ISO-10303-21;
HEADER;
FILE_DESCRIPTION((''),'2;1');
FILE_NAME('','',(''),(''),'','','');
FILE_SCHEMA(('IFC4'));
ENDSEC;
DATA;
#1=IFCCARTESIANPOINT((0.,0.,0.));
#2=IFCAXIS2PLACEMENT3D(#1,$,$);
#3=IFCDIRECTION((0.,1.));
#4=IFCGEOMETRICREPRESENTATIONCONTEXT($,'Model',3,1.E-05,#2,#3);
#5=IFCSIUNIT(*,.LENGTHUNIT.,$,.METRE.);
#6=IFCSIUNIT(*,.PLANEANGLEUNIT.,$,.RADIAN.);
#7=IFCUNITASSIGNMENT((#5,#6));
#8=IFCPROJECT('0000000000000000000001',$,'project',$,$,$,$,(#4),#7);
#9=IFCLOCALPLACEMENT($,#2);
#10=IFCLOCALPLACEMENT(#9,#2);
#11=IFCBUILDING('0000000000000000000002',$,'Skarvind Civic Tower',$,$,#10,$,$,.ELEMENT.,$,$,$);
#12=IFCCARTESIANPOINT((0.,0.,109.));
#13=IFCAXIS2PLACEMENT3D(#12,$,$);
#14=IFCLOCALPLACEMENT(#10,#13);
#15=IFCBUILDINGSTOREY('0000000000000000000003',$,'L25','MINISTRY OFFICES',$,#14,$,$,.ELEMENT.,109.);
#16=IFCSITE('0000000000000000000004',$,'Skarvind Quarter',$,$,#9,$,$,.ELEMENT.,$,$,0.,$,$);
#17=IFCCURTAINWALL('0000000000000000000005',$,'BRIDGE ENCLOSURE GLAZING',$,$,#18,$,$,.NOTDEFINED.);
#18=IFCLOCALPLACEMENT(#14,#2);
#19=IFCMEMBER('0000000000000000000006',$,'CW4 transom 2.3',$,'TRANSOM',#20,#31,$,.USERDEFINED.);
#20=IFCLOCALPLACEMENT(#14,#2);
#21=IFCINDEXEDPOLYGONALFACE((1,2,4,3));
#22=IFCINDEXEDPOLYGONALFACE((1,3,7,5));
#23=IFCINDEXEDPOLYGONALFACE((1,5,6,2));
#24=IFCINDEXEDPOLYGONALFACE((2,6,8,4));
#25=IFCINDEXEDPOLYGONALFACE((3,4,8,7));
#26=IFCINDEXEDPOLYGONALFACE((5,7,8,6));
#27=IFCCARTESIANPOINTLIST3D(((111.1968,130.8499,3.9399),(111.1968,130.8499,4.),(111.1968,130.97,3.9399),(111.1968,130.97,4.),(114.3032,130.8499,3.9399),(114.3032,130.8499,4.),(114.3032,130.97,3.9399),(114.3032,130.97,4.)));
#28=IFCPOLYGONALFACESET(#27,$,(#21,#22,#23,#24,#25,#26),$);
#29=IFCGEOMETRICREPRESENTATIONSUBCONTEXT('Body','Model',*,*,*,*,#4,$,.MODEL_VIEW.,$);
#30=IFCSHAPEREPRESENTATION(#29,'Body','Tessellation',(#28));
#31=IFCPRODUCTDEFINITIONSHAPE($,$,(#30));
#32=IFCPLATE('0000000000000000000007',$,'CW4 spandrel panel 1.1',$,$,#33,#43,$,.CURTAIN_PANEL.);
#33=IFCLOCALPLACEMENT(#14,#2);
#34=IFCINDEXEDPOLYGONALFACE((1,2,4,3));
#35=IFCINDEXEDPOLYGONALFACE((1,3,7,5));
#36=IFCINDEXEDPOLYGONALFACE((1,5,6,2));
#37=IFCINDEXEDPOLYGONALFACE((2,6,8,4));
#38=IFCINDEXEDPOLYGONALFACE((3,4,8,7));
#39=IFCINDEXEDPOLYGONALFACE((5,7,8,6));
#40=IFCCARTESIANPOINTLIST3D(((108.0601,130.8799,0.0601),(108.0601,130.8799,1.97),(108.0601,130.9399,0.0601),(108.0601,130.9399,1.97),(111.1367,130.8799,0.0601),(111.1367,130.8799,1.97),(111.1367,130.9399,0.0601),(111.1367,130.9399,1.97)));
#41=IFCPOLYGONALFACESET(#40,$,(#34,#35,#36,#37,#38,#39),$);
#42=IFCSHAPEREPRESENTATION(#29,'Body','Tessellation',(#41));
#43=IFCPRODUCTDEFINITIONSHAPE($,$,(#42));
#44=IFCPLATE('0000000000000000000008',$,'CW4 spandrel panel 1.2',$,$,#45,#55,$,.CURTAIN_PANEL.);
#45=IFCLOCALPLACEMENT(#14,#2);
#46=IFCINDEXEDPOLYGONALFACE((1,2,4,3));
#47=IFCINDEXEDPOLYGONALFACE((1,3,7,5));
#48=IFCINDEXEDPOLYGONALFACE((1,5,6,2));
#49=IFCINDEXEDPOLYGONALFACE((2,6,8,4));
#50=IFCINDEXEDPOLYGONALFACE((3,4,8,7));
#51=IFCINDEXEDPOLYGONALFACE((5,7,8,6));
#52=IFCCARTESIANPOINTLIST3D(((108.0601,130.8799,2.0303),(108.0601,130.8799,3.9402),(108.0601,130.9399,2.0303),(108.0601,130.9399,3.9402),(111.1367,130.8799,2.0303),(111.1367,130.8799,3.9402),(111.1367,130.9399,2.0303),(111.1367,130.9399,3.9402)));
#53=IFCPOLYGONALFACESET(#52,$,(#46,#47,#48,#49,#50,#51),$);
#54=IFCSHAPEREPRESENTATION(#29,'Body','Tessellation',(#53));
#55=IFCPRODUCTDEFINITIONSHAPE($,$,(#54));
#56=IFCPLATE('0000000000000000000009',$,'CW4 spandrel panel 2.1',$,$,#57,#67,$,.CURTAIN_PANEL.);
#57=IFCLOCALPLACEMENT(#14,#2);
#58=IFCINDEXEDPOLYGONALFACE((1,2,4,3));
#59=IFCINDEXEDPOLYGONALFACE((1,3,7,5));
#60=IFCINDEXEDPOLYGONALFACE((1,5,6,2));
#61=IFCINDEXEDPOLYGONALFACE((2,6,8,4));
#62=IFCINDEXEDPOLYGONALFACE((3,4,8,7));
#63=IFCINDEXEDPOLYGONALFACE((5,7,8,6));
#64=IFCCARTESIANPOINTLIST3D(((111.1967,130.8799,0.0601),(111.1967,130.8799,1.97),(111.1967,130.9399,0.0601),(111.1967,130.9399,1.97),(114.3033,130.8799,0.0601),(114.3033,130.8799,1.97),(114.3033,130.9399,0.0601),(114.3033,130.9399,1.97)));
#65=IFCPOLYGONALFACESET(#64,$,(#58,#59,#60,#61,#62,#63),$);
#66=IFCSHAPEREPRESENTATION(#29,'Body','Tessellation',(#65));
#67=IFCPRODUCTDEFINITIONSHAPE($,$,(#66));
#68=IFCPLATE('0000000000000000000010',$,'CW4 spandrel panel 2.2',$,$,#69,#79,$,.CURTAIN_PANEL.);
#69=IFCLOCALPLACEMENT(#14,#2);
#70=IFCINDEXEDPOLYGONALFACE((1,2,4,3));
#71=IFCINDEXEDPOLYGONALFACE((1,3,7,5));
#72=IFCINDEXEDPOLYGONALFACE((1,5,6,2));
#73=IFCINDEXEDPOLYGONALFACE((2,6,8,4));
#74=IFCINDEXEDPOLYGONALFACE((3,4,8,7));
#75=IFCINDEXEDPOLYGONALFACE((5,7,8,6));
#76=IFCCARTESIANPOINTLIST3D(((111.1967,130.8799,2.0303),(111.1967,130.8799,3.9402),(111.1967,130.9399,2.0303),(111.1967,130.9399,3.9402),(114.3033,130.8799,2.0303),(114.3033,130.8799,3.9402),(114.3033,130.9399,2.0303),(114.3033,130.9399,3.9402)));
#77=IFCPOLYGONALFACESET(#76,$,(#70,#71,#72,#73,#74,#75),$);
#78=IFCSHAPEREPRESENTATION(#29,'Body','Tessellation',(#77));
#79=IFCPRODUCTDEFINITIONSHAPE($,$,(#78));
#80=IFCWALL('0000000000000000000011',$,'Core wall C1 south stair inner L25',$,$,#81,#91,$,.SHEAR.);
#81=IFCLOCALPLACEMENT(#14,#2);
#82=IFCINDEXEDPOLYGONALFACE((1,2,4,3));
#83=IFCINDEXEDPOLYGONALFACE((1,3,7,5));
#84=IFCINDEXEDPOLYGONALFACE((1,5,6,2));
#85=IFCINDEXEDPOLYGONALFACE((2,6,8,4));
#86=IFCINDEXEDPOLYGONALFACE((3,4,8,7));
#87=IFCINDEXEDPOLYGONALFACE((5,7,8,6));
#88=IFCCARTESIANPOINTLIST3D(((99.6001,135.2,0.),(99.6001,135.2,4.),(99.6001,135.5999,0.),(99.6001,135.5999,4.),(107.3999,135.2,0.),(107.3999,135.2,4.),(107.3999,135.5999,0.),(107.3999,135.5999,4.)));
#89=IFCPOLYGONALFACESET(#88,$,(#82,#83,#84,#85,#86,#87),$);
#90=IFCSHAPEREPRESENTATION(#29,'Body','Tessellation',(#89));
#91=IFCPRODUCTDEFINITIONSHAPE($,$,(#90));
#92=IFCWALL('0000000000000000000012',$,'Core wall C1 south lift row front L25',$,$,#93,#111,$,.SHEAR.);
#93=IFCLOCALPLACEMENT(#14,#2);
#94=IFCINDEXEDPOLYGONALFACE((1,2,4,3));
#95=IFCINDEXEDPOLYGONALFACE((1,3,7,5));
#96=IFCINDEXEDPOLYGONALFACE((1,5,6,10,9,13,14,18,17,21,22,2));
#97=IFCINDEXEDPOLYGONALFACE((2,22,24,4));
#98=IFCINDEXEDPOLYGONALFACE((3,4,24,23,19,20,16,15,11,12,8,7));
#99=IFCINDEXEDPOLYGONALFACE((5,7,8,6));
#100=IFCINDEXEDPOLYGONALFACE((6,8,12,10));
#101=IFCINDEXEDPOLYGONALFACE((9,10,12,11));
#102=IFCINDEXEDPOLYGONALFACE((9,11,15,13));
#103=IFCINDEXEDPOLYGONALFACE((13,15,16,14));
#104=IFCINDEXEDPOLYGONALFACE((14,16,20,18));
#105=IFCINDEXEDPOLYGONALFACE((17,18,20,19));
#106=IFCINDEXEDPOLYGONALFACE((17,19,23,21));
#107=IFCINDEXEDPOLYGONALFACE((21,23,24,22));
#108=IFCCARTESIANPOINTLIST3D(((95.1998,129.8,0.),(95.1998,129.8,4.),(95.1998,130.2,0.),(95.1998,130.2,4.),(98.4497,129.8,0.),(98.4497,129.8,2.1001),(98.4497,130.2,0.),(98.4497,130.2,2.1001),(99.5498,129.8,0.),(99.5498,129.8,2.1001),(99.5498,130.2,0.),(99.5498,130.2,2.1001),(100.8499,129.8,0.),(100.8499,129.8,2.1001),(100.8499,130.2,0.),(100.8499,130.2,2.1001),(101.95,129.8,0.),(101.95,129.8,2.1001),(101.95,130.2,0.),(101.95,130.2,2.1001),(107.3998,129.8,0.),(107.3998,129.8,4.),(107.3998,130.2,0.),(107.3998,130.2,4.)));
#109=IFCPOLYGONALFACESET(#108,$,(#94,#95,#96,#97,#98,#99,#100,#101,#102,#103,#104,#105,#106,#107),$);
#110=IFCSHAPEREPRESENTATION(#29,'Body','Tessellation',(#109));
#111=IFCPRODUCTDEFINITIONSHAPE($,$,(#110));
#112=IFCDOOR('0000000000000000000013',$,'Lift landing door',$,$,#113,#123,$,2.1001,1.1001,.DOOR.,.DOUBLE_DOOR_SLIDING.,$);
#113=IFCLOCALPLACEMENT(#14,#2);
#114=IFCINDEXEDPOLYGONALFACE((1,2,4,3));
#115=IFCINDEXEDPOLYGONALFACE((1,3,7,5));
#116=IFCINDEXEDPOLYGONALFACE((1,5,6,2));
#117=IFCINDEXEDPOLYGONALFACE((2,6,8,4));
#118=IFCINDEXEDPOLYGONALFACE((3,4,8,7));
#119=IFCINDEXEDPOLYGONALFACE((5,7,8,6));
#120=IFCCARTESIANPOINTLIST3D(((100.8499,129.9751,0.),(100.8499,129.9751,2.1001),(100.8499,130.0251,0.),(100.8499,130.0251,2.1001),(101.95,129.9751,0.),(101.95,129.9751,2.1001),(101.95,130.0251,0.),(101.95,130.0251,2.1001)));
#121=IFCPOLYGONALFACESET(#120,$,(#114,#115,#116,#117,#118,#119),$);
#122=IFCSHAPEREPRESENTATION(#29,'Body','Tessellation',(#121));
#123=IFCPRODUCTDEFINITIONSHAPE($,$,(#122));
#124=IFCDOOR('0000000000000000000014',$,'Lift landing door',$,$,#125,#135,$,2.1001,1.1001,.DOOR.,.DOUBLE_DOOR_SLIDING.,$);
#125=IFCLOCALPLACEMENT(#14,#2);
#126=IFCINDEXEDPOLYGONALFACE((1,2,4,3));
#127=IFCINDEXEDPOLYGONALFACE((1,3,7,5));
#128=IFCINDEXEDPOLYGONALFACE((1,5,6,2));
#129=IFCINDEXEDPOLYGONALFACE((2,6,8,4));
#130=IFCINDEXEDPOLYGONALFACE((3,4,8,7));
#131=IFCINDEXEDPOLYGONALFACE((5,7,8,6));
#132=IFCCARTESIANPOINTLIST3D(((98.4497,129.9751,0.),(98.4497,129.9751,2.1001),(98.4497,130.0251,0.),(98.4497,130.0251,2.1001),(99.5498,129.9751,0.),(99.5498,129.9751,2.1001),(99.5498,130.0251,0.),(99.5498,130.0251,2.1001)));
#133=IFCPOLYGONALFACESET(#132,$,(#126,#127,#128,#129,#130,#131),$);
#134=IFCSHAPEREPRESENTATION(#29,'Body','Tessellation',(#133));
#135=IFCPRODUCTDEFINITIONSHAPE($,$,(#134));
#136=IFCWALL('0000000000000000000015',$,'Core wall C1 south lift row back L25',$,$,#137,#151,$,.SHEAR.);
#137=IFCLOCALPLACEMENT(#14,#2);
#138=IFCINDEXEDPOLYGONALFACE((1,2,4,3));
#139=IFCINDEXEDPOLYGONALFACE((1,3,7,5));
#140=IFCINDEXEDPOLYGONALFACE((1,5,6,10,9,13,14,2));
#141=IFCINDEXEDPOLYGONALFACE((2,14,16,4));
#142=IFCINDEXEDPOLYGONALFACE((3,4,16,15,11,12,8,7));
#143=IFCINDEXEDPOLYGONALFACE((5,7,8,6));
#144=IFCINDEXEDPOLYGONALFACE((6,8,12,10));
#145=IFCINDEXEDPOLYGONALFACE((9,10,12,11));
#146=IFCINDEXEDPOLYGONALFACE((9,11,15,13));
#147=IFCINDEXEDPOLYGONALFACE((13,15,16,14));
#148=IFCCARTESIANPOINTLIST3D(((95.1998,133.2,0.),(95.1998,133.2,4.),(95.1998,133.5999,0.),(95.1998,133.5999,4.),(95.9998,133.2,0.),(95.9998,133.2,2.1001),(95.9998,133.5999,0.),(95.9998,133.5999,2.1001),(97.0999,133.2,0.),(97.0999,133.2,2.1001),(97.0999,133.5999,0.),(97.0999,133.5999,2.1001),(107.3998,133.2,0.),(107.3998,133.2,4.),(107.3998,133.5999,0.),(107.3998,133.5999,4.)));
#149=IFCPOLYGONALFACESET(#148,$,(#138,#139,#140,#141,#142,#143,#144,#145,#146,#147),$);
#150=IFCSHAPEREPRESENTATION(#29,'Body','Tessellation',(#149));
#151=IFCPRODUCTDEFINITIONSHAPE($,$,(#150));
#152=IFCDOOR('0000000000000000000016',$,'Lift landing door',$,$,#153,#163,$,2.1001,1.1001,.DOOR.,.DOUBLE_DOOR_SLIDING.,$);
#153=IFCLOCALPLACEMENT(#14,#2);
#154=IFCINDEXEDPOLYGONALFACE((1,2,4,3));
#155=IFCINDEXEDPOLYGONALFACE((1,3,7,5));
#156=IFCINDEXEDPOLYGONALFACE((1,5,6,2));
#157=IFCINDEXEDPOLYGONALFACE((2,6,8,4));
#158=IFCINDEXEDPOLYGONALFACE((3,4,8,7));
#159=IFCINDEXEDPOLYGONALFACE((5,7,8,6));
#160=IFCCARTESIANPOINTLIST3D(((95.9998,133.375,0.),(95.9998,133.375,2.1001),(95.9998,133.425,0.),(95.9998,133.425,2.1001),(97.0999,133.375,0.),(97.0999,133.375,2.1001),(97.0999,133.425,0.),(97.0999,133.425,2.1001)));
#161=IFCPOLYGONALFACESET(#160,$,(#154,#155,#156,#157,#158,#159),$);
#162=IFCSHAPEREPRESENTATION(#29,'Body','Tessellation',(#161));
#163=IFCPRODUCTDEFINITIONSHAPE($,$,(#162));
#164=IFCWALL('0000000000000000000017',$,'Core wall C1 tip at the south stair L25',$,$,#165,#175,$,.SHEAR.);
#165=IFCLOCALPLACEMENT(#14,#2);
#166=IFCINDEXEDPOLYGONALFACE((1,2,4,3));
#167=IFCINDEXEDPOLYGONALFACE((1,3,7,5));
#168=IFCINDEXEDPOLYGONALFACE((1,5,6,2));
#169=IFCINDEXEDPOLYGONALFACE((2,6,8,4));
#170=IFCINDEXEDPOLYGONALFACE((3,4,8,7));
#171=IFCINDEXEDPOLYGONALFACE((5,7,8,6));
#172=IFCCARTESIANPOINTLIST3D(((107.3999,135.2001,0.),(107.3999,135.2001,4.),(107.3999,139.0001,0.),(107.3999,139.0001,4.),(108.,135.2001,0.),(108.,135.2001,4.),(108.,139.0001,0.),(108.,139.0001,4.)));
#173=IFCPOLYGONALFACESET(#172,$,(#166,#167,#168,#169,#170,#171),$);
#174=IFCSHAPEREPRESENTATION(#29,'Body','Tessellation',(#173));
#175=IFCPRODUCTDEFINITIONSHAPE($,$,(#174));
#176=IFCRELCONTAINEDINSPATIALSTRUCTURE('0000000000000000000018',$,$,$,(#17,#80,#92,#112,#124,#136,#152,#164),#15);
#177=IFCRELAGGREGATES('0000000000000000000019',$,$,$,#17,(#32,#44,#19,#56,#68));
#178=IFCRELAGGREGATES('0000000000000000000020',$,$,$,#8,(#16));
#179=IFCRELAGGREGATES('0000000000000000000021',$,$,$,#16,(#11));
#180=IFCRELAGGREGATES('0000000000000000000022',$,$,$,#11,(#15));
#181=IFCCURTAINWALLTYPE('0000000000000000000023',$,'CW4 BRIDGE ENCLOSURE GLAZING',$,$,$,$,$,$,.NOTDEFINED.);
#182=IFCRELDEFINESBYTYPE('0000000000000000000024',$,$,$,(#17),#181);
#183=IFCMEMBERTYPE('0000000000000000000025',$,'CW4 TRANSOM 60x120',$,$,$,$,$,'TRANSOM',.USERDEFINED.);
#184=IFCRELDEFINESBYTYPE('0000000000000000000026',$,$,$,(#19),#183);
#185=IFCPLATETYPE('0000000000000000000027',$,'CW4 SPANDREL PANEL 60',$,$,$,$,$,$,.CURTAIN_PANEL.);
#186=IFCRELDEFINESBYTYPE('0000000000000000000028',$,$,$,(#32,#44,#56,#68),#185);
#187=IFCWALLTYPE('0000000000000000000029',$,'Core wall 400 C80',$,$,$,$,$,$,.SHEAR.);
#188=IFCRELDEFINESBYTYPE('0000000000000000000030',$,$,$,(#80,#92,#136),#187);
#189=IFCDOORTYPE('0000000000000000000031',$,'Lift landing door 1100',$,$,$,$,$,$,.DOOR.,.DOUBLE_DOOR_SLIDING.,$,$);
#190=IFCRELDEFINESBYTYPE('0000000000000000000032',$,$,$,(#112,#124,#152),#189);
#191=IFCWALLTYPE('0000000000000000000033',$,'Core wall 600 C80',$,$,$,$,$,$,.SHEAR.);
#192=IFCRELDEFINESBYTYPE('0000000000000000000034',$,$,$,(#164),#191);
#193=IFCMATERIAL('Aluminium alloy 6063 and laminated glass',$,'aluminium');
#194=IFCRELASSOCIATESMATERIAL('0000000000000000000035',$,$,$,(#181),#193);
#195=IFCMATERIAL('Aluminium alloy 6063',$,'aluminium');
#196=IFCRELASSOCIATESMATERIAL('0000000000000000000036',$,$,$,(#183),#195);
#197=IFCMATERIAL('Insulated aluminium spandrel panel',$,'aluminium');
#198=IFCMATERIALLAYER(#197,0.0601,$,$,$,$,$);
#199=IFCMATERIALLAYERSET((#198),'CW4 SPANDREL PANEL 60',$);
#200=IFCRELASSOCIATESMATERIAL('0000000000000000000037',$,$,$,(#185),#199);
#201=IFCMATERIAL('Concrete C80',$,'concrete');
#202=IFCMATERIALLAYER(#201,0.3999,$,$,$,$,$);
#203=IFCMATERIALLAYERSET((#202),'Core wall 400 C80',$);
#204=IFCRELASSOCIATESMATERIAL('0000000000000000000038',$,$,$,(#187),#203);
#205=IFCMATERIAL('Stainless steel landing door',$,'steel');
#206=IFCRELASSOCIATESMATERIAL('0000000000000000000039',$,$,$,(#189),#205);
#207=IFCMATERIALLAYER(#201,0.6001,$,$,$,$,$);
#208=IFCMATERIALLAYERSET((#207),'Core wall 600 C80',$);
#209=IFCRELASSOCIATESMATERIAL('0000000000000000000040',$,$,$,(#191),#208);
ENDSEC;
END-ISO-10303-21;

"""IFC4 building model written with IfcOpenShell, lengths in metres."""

from ifc_helpers import new_model, si_unit, direction, frame, frame_2d, origin, origin_2d, place, context, subcontext, project, spatial, rectangle, extrude, material, layer, layer_set, material_profile, profile_set, type_object, element, fill, aggregate, save


model = new_model("IFC4")

# Units and contexts
model_context = context("Model", 3, precision=1e-05, world=origin(), true_north=direction((0.0, 1.0)))
body_context = subcontext(model_context, "Body", "Model", "MODEL_VIEW")
ifc_project = project(units=[si_unit("LENGTHUNIT", "METRE"), si_unit("PLANEANGLEUNIT", "RADIAN")], contexts=[model_context])

# Site, building, storey
site_placement = place(None, origin())
site = spatial("IfcSite", under=ifc_project, at=site_placement, Name="Skarvind Quarter", CompositionType="ELEMENT", RefElevation=0.0)
building_placement = place(site_placement, origin())
building = spatial("IfcBuilding", under=site, at=building_placement, Name="Skarvind Civic Tower", CompositionType="ELEMENT")
storey_placement = place(building_placement, frame((0.0, 0.0, 109.0)))
storey = spatial("IfcBuildingStorey", under=building, at=storey_placement, Name="L25", Description="MINISTRY OFFICES", CompositionType="ELEMENT", Elevation=109.0)

# Curtain wall, member, plates
ifc_material_1 = material(Name="Aluminium alloy 6063 and laminated glass", Category="aluminium")
curtain_wall_type = type_object("IfcCurtainWallType", Name="CW4 BRIDGE ENCLOSURE GLAZING", PredefinedType="NOTDEFINED", material=ifc_material_1)
curtain_wall_placement = place(storey_placement, origin())
curtain_wall = element("IfcCurtainWall", 1, at=curtain_wall_placement, inside=storey, type_object=curtain_wall_type, Name="BRIDGE ENCLOSURE GLAZING", PredefinedType="NOTDEFINED")
ifc_material_2 = material(Name="Aluminium alloy 6063", Category="aluminium")
ifc_material_profile_1 = material_profile(ifc_material_2, rectangle(XDim=0.1201, YDim=0.0601, at=origin_2d()), Name="AL 60x120")
ifc_profile_set_1 = profile_set([ifc_material_profile_1], Name="Aluminium alloy 6063")
member_type_1 = type_object("IfcMemberType", Name="CW4 TRANSOM 60x120", ElementType="TRANSOM", PredefinedType="USERDEFINED", material=ifc_profile_set_1)
member_1_placement = place(storey_placement, frame((111.1968, 130.9099, 3.97), z_axis=(1.0, 0.0, 0.0), x_axis=(0.0, 1.0, 0.0)))
member_1 = element("IfcMember", 2, at=member_1_placement, type_object=member_type_1, Name="CW4 transom 2.3", ObjectType="TRANSOM", PredefinedType="USERDEFINED", context=body_context, shape_type="SweptSolid", body=[
    extrude(rectangle(XDim=0.1201, YDim=0.0601, at=origin_2d()), origin(), (0.0, 0.0, 1.0), 3.1064),
])
ifc_material_3 = material(Name="Insulated aluminium spandrel panel", Category="aluminium")
ifc_layer_1 = layer(ifc_material_3, 0.0601)
ifc_layer_set_1 = layer_set([ifc_layer_1], Name="CW4 SPANDREL PANEL 60")
plate_type = type_object("IfcPlateType", Name="CW4 SPANDREL PANEL 60", PredefinedType="CURTAIN_PANEL", material=ifc_layer_set_1)
plate_1_placement = place(storey_placement, frame((109.5984, 130.9099, 0.0601), z_axis=(0.0, 0.0, 1.0), x_axis=(1.0, 0.0, 0.0)))
plate_1 = element("IfcPlate", 3, at=plate_1_placement, type_object=plate_type, Name="CW4 spandrel panel 1.1", PredefinedType="CURTAIN_PANEL", context=body_context, shape_type="SweptSolid", body=[
    extrude(rectangle(XDim=3.0767, YDim=0.0601, at=origin_2d()), origin(), (0.0, 0.0, 1.0), 1.9099),
])
plate_2_placement = place(storey_placement, frame((109.5984, 130.9099, 2.0303), z_axis=(0.0, 0.0, 1.0), x_axis=(1.0, 0.0, 0.0)))
plate_2 = element("IfcPlate", 4, at=plate_2_placement, type_object=plate_type, Name="CW4 spandrel panel 1.2", PredefinedType="CURTAIN_PANEL", context=body_context, shape_type="SweptSolid", body=[
    extrude(rectangle(XDim=3.0767, YDim=0.0601, at=origin_2d()), origin(), (0.0, 0.0, 1.0), 1.9099),
])
plate_3_placement = place(storey_placement, frame((112.75, 130.9099, 0.0601), z_axis=(0.0, 0.0, 1.0), x_axis=(1.0, 0.0, 0.0)))
plate_3 = element("IfcPlate", 5, at=plate_3_placement, type_object=plate_type, Name="CW4 spandrel panel 2.1", PredefinedType="CURTAIN_PANEL", context=body_context, shape_type="SweptSolid", body=[
    extrude(rectangle(XDim=3.1067, YDim=0.0601, at=origin_2d()), origin(), (0.0, 0.0, 1.0), 1.9099),
])
plate_4_placement = place(storey_placement, frame((112.75, 130.9099, 2.0303), z_axis=(0.0, 0.0, 1.0), x_axis=(1.0, 0.0, 0.0)))
plate_4 = element("IfcPlate", 6, at=plate_4_placement, type_object=plate_type, Name="CW4 spandrel panel 2.2", PredefinedType="CURTAIN_PANEL", context=body_context, shape_type="SweptSolid", body=[
    extrude(rectangle(XDim=3.1067, YDim=0.0601, at=origin_2d()), origin(), (0.0, 0.0, 1.0), 1.9099),
])
aggregate(curtain_wall, [plate_1, plate_2, member_1, plate_3, plate_4])

# Wall
ifc_material_4 = material(Name="Concrete C80", Category="concrete")
ifc_layer_2 = layer(ifc_material_4, 0.3999)
ifc_layer_set_2 = layer_set([ifc_layer_2], Name="Core wall 400 C80")
wall_type_1 = type_object("IfcWallType", Name="Core wall 400 C80", PredefinedType="SHEAR", material=ifc_layer_set_2)
wall_1_placement = place(storey_placement, frame((107.3999, 135.3999, 0.0), z_axis=(0.0, 0.0, 1.0), x_axis=(-1.0, 0.0, 0.0)))
element("IfcWall", 7, at=wall_1_placement, inside=storey, type_object=wall_type_1, Name="Core wall C1 south stair inner L25", PredefinedType="SHEAR", context=body_context, shape_type="SweptSolid", body=[
    extrude(rectangle(XDim=7.7998, YDim=0.3999, at=frame_2d((3.8999, 0.0))), origin(), (0.0, 0.0, 1.0), 4.0),
])

# Wall, openings, doors
wall_2_placement = place(storey_placement, frame((107.3999, 130.0, 0.0), z_axis=(0.0, 0.0, 1.0), x_axis=(-1.0, 0.0, 0.0)))
wall_2 = element("IfcWall", 8, at=wall_2_placement, inside=storey, type_object=wall_type_1, Name="Core wall C1 south lift row front L25", PredefinedType="SHEAR", context=body_context, shape_type="SweptSolid", body=[
    extrude(rectangle(XDim=12.2, YDim=0.3999, at=frame_2d((6.1001, 0.0))), origin(), (0.0, 0.0, 1.0), 4.0),
])
opening_1_placement = place(wall_2_placement, frame((5.45, 0.0, 0.0)))
opening_1 = element("IfcOpeningElement", 9, at=opening_1_placement, cuts=wall_2, PredefinedType="OPENING", context=body_context, shape_type="SweptSolid", body=[
    extrude(rectangle(XDim=1.1001, YDim=2.1001, at=frame_2d((0.55, 1.05))), frame((0.0, 0.21, 0.0), z_axis=(0.0, -1.0, 0.0), x_axis=(1.0, 0.0, 0.0)), (0.0, 0.0, 1.0), 0.4199),
])
opening_2_placement = place(wall_2_placement, frame((7.8501, 0.0, 0.0)))
opening_2 = element("IfcOpeningElement", 10, at=opening_2_placement, cuts=wall_2, PredefinedType="OPENING", context=body_context, shape_type="SweptSolid", body=[
    extrude(rectangle(XDim=1.1001, YDim=2.1001, at=frame_2d((0.55, 1.05))), frame((0.0, 0.21, 0.0), z_axis=(0.0, -1.0, 0.0), x_axis=(1.0, 0.0, 0.0)), (0.0, 0.0, 1.0), 0.4199),
])
ifc_material_5 = material(Name="Stainless steel landing door", Category="steel")
door_type_1 = type_object("IfcDoorType", Name="Lift landing door 1100", OperationType="DOUBLE_DOOR_SLIDING", PredefinedType="DOOR", material=ifc_material_5)
door_1_placement = place(opening_1_placement, origin())
door_1 = element("IfcDoor", 11, at=door_1_placement, inside=storey, type_object=door_type_1, Name="Lift landing door", OperationType="DOUBLE_DOOR_SLIDING", OverallHeight=2.1001, OverallWidth=1.1001, PredefinedType="DOOR", context=body_context, shape_type="SweptSolid", body=[
    extrude(rectangle(XDim=1.1001, YDim=2.1001, at=frame_2d((0.55, 1.05))), frame((0.0, 0.0249, 0.0), z_axis=(0.0, -1.0, 0.0), x_axis=(1.0, 0.0, 0.0)), (0.0, 0.0, 1.0), 0.05),
])
fill(opening_1, door_1)
door_2_placement = place(opening_2_placement, origin())
door_2 = element("IfcDoor", 12, at=door_2_placement, inside=storey, type_object=door_type_1, Name="Lift landing door", OperationType="DOUBLE_DOOR_SLIDING", OverallHeight=2.1001, OverallWidth=1.1001, PredefinedType="DOOR", context=body_context, shape_type="SweptSolid", body=[
    extrude(rectangle(XDim=1.1001, YDim=2.1001, at=frame_2d((0.55, 1.05))), frame((0.0, 0.0249, 0.0), z_axis=(0.0, -1.0, 0.0), x_axis=(1.0, 0.0, 0.0)), (0.0, 0.0, 1.0), 0.05),
])
fill(opening_2, door_2)

# Wall, opening, door
wall_3_placement = place(storey_placement, frame((107.3999, 133.3999, 0.0), z_axis=(0.0, 0.0, 1.0), x_axis=(-1.0, 0.0, 0.0)))
wall_3 = element("IfcWall", 13, at=wall_3_placement, inside=storey, type_object=wall_type_1, Name="Core wall C1 south lift row back L25", PredefinedType="SHEAR", context=body_context, shape_type="SweptSolid", body=[
    extrude(rectangle(XDim=12.2, YDim=0.3999, at=frame_2d((6.1001, 0.0))), origin(), (0.0, 0.0, 1.0), 4.0),
])
opening_3_placement = place(wall_3_placement, frame((10.3, 0.0, 0.0)))
opening_3 = element("IfcOpeningElement", 14, at=opening_3_placement, cuts=wall_3, PredefinedType="OPENING", context=body_context, shape_type="SweptSolid", body=[
    extrude(rectangle(XDim=1.1001, YDim=2.1001, at=frame_2d((0.55, 1.05))), frame((0.0, 0.21, 0.0), z_axis=(0.0, -1.0, 0.0), x_axis=(1.0, 0.0, 0.0)), (0.0, 0.0, 1.0), 0.4199),
])
door_3_placement = place(opening_3_placement, origin())
door_3 = element("IfcDoor", 15, at=door_3_placement, inside=storey, type_object=door_type_1, Name="Lift landing door", OperationType="DOUBLE_DOOR_SLIDING", OverallHeight=2.1001, OverallWidth=1.1001, PredefinedType="DOOR", context=body_context, shape_type="SweptSolid", body=[
    extrude(rectangle(XDim=1.1001, YDim=2.1001, at=frame_2d((0.55, 1.05))), frame((0.0, 0.0249, 0.0), z_axis=(0.0, -1.0, 0.0), x_axis=(1.0, 0.0, 0.0)), (0.0, 0.0, 1.0), 0.05),
])
fill(opening_3, door_3)

# Wall
ifc_layer_3 = layer(ifc_material_4, 0.6001)
ifc_layer_set_3 = layer_set([ifc_layer_3], Name="Core wall 600 C80")
wall_type_2 = type_object("IfcWallType", Name="Core wall 600 C80", PredefinedType="SHEAR", material=ifc_layer_set_3)
wall_4_placement = place(storey_placement, frame((107.7, 139.0, 0.0), z_axis=(0.0, 0.0, 1.0), x_axis=(0.0, -1.0, 0.0)))
element("IfcWall", 16, at=wall_4_placement, inside=storey, type_object=wall_type_2, Name="Core wall C1 tip at the south stair L25", PredefinedType="SHEAR", context=body_context, shape_type="SweptSolid", body=[
    extrude(rectangle(XDim=3.8, YDim=0.6001, at=frame_2d((1.8999, 0.0))), origin(), (0.0, 0.0, 1.0), 4.0),
])

save(model, "model.ifc")
